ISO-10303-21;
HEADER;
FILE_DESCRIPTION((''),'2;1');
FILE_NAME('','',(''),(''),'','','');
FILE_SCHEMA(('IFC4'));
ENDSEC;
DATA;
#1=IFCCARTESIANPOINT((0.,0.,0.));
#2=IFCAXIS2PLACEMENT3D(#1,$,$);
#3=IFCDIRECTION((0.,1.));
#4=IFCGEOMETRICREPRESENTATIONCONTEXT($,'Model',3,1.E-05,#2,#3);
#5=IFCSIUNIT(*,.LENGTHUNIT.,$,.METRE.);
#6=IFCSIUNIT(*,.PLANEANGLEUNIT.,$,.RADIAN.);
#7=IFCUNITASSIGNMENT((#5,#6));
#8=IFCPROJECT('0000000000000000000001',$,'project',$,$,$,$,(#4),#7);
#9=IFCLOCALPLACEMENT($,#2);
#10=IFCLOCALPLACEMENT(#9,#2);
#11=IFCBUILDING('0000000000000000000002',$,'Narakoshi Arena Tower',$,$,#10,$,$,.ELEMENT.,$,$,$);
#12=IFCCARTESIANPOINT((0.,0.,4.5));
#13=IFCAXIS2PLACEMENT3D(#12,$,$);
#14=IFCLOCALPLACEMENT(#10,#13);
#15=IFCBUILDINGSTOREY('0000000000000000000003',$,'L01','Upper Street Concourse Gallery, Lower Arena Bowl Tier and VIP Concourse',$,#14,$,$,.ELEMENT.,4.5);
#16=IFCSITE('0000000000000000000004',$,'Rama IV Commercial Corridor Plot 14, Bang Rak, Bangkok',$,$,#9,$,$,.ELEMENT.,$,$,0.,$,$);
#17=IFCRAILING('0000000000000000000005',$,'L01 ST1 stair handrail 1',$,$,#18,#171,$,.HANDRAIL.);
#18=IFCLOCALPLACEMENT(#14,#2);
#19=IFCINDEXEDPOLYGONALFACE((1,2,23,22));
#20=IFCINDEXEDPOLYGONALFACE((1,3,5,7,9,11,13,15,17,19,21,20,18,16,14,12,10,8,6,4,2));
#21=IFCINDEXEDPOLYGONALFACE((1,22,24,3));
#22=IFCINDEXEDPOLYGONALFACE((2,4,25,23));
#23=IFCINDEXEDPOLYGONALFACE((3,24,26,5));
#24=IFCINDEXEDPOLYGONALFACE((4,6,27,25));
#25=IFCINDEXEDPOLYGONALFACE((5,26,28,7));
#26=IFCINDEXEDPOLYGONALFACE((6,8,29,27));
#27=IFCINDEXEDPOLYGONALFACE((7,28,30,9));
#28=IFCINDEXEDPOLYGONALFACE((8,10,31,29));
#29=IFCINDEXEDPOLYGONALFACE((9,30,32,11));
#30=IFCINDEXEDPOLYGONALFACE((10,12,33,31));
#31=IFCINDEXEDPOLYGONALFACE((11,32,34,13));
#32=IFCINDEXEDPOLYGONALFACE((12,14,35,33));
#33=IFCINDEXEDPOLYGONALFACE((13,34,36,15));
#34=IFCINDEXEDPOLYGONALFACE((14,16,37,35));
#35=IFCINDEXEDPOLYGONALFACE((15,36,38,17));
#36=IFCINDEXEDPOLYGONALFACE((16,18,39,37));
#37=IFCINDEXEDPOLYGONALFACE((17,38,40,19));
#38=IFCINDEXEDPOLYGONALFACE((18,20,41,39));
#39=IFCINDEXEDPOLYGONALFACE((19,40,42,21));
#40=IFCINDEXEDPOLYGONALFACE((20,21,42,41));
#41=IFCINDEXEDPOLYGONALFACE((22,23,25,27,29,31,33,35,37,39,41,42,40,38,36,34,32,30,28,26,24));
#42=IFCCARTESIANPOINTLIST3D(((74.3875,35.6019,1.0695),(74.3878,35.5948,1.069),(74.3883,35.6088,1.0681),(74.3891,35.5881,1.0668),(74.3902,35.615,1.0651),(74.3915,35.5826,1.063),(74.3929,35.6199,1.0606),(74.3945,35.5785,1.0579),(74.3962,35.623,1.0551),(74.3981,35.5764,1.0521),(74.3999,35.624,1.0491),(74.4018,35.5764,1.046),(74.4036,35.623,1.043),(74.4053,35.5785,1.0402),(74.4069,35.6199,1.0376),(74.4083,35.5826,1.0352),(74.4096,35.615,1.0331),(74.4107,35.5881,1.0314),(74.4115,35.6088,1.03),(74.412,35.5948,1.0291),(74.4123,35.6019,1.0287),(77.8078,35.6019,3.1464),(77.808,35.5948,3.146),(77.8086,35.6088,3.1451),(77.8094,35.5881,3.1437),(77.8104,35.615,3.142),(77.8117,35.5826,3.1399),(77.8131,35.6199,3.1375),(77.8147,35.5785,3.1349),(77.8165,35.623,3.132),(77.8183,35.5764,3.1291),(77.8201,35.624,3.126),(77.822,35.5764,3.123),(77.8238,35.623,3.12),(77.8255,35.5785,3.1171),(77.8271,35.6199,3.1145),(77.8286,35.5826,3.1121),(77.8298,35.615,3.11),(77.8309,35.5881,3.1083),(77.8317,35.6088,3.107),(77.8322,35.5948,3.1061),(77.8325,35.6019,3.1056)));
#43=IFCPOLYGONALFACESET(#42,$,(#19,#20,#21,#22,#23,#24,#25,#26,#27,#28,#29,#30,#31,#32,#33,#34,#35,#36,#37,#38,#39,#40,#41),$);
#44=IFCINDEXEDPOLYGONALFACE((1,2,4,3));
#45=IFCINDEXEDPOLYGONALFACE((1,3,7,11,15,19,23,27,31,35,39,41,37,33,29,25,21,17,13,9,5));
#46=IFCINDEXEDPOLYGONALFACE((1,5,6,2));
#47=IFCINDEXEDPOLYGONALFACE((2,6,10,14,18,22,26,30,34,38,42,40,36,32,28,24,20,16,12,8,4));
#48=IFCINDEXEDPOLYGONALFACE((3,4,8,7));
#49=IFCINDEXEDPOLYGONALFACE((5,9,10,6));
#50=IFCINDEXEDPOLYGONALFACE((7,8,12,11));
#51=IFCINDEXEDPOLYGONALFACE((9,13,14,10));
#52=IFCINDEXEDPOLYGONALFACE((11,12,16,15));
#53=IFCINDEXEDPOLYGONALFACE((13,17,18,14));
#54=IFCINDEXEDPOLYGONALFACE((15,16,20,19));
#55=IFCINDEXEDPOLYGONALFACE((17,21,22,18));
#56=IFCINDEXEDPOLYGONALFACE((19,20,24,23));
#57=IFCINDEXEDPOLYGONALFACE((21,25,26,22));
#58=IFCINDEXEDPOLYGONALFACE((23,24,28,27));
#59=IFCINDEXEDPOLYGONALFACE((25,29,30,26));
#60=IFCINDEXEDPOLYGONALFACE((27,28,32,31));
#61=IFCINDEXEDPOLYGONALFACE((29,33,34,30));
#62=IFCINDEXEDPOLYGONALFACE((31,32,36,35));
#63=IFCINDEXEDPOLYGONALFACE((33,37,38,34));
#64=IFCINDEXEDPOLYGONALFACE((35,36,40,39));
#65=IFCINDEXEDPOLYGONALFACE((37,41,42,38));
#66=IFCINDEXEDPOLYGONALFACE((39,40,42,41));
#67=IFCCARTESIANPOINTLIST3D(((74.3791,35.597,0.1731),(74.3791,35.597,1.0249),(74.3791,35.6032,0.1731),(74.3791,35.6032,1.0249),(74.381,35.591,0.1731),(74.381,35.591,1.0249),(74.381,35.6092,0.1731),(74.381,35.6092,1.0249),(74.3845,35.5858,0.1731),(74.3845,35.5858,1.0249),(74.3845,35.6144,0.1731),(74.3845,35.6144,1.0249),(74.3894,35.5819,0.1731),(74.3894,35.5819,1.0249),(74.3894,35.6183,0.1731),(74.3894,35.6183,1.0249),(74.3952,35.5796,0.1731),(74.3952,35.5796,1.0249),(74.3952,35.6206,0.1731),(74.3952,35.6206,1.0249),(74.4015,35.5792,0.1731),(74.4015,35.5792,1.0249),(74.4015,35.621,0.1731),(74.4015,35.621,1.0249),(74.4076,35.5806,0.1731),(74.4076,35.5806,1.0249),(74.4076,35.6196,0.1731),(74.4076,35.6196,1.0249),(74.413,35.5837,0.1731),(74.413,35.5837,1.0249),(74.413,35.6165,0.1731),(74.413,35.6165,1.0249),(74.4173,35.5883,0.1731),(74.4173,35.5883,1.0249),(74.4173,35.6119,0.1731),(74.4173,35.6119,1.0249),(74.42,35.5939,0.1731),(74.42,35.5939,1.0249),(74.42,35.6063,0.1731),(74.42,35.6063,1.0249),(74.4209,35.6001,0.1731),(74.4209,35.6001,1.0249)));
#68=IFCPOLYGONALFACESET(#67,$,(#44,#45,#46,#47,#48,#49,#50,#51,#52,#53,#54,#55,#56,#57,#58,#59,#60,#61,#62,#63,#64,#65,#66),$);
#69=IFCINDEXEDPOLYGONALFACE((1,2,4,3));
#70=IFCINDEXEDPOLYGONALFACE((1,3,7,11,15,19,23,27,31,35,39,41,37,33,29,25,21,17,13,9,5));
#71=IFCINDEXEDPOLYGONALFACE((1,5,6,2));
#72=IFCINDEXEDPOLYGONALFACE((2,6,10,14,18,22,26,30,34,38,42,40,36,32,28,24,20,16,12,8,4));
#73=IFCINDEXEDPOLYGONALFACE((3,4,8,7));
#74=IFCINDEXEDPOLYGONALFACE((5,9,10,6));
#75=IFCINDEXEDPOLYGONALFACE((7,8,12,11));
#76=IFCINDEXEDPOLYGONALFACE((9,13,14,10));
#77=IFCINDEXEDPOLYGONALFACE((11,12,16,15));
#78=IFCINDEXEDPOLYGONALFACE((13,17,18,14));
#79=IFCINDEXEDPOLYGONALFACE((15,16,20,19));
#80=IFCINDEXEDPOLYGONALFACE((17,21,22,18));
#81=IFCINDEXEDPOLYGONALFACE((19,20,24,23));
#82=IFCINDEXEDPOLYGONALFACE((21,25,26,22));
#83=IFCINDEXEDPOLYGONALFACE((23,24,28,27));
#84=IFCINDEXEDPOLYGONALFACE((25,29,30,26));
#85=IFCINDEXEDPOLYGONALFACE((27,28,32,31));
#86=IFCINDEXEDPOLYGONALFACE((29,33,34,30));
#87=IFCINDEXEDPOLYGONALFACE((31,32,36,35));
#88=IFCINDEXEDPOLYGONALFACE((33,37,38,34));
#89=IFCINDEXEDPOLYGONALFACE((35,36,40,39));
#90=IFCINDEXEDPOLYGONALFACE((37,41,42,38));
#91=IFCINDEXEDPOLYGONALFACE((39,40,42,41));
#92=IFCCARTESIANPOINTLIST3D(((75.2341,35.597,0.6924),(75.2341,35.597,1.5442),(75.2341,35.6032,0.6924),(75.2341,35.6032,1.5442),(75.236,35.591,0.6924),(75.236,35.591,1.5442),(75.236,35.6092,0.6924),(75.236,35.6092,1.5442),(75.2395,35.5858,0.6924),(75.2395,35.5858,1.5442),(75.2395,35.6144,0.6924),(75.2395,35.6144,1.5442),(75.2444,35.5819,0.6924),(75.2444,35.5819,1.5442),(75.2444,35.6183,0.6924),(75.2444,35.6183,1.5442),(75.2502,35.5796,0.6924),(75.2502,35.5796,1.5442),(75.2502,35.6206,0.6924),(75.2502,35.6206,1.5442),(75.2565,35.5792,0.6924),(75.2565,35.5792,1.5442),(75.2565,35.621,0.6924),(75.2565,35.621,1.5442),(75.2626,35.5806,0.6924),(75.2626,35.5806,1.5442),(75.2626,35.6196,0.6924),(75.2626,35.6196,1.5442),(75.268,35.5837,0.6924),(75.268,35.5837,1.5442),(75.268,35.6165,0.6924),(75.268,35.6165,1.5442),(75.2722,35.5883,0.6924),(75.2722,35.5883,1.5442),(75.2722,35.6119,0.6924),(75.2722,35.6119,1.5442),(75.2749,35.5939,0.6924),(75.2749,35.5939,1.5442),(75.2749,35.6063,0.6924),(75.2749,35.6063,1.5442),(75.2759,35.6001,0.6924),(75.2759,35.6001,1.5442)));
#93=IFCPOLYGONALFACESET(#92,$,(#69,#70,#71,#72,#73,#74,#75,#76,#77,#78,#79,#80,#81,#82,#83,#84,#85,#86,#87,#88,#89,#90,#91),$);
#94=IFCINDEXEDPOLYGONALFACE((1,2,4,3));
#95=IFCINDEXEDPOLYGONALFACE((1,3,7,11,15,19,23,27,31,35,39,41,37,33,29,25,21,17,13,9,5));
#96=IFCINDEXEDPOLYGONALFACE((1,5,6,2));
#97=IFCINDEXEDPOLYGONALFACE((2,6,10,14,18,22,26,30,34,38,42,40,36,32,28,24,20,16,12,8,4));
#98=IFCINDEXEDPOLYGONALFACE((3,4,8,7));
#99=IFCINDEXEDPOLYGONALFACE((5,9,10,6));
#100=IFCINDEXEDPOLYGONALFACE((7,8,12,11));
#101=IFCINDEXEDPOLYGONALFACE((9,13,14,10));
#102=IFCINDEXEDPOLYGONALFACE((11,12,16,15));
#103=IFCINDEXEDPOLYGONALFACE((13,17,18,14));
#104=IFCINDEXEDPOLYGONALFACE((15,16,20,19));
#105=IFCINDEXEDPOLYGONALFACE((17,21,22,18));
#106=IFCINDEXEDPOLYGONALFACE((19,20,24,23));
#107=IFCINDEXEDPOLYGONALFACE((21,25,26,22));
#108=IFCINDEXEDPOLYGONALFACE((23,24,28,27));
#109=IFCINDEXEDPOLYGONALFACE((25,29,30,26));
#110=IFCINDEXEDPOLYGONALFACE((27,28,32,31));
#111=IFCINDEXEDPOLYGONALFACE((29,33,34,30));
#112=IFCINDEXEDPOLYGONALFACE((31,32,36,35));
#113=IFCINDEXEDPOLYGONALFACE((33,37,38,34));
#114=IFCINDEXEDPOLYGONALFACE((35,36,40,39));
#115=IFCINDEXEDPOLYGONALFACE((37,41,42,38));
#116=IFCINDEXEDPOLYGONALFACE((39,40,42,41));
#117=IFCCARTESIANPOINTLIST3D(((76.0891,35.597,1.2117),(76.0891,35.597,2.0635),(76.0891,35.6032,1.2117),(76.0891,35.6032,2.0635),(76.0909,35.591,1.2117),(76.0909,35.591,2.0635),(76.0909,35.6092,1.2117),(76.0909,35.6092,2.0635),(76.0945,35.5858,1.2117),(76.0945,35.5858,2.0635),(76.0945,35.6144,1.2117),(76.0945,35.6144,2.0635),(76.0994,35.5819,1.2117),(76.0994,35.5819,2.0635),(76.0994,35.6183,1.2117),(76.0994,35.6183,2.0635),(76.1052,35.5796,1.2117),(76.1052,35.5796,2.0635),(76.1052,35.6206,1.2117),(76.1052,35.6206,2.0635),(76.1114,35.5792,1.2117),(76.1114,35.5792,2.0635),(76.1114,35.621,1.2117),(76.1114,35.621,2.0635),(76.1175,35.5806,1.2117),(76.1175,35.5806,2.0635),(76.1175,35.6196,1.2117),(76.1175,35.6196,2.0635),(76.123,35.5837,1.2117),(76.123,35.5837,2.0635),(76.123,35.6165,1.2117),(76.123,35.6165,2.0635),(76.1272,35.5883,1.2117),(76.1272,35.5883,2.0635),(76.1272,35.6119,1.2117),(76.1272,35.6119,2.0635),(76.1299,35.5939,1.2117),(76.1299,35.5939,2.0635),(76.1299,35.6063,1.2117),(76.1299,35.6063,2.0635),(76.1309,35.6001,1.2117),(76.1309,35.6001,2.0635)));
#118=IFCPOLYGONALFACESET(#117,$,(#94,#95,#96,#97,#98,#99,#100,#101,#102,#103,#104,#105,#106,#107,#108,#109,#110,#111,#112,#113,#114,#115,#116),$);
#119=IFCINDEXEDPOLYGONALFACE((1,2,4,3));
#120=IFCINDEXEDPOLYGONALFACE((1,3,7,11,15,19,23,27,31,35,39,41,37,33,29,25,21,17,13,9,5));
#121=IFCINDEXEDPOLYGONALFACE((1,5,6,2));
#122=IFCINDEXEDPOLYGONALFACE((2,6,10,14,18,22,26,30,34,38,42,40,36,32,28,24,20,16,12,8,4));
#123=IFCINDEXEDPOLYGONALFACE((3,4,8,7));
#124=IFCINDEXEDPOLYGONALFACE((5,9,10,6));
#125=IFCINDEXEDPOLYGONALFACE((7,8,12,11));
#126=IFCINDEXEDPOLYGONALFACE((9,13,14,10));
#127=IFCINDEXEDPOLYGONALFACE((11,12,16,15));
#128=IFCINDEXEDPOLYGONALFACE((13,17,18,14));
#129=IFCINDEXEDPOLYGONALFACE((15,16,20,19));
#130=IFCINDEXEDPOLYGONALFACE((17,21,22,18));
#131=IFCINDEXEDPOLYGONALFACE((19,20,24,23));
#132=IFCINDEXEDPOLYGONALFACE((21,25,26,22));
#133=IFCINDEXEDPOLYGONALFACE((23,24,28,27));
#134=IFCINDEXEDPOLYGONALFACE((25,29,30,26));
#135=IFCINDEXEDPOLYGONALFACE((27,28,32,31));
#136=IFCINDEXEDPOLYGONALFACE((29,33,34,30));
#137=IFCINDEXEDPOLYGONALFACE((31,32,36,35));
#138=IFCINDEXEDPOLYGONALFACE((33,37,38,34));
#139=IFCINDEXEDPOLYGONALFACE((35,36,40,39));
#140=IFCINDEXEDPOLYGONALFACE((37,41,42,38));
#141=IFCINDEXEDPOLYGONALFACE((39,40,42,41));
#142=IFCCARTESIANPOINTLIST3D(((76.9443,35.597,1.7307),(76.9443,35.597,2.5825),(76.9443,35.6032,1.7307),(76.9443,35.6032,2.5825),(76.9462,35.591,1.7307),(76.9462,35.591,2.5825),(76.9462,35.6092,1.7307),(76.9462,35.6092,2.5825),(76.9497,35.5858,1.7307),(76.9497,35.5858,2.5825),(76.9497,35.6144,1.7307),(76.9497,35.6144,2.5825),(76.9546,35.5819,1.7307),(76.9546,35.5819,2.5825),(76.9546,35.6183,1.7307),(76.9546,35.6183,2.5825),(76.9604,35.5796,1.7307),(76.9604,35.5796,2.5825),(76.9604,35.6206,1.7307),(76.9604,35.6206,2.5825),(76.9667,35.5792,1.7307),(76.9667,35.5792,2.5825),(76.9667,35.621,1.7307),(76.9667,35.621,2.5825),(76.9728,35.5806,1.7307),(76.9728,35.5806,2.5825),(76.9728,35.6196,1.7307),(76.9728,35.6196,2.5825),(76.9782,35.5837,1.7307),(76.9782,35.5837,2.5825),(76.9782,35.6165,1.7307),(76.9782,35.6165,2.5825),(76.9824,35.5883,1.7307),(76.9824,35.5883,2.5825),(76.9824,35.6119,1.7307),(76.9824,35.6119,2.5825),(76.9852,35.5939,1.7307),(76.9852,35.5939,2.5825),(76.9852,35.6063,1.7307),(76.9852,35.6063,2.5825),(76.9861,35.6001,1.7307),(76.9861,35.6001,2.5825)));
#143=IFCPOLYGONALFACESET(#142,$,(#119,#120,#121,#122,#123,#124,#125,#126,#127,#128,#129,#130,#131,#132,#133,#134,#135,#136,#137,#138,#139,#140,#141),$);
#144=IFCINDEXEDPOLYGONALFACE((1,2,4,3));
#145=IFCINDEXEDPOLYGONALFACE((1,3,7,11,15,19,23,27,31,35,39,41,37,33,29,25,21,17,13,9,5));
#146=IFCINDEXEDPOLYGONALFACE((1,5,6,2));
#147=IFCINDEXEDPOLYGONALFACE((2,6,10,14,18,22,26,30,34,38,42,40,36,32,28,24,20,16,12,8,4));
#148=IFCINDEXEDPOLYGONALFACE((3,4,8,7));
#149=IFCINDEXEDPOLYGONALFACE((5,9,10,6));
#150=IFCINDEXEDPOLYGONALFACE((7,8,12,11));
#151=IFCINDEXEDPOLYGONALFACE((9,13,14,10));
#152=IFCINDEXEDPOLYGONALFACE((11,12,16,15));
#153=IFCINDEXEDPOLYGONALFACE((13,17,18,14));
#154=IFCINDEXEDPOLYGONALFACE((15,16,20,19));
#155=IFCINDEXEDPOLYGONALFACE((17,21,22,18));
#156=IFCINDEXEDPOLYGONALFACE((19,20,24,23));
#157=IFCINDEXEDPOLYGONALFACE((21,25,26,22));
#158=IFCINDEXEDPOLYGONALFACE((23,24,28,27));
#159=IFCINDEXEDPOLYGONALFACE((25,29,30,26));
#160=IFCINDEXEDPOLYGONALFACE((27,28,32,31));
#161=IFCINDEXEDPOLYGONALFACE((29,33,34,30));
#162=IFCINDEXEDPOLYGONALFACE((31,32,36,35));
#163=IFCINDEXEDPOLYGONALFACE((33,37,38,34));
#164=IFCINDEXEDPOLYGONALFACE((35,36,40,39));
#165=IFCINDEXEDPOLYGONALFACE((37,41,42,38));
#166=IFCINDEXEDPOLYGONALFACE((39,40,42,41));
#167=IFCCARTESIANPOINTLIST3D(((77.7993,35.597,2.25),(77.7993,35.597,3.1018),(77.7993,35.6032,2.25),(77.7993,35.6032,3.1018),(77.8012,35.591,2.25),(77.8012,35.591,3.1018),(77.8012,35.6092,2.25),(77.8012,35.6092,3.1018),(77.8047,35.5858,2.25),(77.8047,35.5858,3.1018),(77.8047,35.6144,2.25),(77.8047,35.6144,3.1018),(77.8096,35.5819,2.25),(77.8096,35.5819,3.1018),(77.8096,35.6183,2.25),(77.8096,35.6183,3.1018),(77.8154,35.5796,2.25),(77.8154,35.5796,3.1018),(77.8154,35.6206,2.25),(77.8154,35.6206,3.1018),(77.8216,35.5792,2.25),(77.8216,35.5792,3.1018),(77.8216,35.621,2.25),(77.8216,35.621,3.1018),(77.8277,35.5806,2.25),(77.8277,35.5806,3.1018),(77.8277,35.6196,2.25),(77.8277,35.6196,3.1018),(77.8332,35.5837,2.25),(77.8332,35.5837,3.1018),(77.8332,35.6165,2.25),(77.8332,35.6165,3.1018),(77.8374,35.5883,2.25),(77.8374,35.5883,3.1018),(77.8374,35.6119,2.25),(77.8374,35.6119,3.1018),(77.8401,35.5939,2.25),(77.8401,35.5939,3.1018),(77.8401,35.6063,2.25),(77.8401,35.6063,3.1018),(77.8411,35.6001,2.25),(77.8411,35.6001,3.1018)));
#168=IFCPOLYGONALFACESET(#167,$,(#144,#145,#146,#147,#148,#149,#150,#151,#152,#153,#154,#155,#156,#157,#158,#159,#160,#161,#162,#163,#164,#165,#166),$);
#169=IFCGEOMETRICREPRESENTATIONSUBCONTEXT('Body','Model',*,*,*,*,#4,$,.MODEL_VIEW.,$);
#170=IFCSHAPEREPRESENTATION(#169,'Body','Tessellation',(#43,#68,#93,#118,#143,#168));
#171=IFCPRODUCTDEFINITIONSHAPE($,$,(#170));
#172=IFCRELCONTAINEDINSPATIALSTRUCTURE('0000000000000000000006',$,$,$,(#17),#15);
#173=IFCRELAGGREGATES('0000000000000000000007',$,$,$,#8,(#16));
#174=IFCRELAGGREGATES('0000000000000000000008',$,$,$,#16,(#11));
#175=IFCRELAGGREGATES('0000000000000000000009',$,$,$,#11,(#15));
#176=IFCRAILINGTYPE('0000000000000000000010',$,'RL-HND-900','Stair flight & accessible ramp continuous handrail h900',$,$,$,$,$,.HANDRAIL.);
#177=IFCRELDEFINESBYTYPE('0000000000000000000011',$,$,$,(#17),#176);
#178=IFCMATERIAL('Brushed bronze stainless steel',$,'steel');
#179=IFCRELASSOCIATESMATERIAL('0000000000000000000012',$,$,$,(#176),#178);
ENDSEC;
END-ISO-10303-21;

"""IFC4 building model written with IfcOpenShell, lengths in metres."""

from ifc_helpers import new_model, si_unit, direction, frame, origin, origin_2d, place, context, subcontext, project, spatial, circle, extrude, material, type_object, element, save


model = new_model("IFC4")

# Units and contexts
model_context = context("Model", 3, precision=1e-05, world=origin(), true_north=direction((0.0, 1.0)))
body_context = subcontext(model_context, "Body", "Model", "MODEL_VIEW")
ifc_project = project(units=[si_unit("LENGTHUNIT", "METRE"), si_unit("PLANEANGLEUNIT", "RADIAN")], contexts=[model_context])

# Site, building, storey
site_placement = place(None, origin())
site = spatial("IfcSite", under=ifc_project, at=site_placement, Name="Rama IV Commercial Corridor Plot 14, Bang Rak, Bangkok", CompositionType="ELEMENT", RefElevation=0.0)
building_placement = place(site_placement, origin())
building = spatial("IfcBuilding", under=site, at=building_placement, Name="Narakoshi Arena Tower", CompositionType="ELEMENT")
storey_placement = place(building_placement, frame((0.0, 0.0, 4.5)))
storey = spatial("IfcBuildingStorey", under=building, at=storey_placement, Name="L01", Description="Upper Street Concourse Gallery, Lower Arena Bowl Tier and VIP Concourse", CompositionType="ELEMENT", Elevation=4.5)

# Railing
ifc_material_1 = material(Name="Brushed bronze stainless steel", Category="steel")
railing_type_1 = type_object("IfcRailingType", Name="RL-HND-900", Description="Stair flight & accessible ramp continuous handrail h900", PredefinedType="HANDRAIL", material=ifc_material_1)
for number, where, name in (
    (1, (74.3999, 35.6001, 0.1731), "L01 ST1 stair handrail 1"),
):
    element("IfcRailing", number, at=place(storey_placement, frame(where)), inside=storey, type_object=railing_type_1, Name=name, PredefinedType="HANDRAIL", context=body_context, shape_type="SweptSolid", body=[
        extrude(circle(Radius=0.0239, at=origin_2d()), frame((0.0, 0.0, 0.876), z_axis=(0.854746, 0.0, 0.519047), x_axis=(0.0, 1.0, 0.0)), (0.0, 0.0, 1.0), 4.0015),
        extrude(circle(Radius=0.021, at=origin_2d()), origin(), (0.0, 0.0, 1.0), 0.8518),
        extrude(circle(Radius=0.021, at=origin_2d()), frame((0.855, 0.0, 0.5193)), (0.0, 0.0, 1.0), 0.8518),
        extrude(circle(Radius=0.021, at=origin_2d()), frame((1.71, 0.0, 1.0386)), (0.0, 0.0, 1.0), 0.8518),
        extrude(circle(Radius=0.021, at=origin_2d()), frame((2.5652, 0.0, 1.5576)), (0.0, 0.0, 1.0), 0.8518),
        extrude(circle(Radius=0.021, at=origin_2d()), frame((3.4202, 0.0, 2.0769)), (0.0, 0.0, 1.0), 0.8518),
    ])

save(model, "model.ifc")
